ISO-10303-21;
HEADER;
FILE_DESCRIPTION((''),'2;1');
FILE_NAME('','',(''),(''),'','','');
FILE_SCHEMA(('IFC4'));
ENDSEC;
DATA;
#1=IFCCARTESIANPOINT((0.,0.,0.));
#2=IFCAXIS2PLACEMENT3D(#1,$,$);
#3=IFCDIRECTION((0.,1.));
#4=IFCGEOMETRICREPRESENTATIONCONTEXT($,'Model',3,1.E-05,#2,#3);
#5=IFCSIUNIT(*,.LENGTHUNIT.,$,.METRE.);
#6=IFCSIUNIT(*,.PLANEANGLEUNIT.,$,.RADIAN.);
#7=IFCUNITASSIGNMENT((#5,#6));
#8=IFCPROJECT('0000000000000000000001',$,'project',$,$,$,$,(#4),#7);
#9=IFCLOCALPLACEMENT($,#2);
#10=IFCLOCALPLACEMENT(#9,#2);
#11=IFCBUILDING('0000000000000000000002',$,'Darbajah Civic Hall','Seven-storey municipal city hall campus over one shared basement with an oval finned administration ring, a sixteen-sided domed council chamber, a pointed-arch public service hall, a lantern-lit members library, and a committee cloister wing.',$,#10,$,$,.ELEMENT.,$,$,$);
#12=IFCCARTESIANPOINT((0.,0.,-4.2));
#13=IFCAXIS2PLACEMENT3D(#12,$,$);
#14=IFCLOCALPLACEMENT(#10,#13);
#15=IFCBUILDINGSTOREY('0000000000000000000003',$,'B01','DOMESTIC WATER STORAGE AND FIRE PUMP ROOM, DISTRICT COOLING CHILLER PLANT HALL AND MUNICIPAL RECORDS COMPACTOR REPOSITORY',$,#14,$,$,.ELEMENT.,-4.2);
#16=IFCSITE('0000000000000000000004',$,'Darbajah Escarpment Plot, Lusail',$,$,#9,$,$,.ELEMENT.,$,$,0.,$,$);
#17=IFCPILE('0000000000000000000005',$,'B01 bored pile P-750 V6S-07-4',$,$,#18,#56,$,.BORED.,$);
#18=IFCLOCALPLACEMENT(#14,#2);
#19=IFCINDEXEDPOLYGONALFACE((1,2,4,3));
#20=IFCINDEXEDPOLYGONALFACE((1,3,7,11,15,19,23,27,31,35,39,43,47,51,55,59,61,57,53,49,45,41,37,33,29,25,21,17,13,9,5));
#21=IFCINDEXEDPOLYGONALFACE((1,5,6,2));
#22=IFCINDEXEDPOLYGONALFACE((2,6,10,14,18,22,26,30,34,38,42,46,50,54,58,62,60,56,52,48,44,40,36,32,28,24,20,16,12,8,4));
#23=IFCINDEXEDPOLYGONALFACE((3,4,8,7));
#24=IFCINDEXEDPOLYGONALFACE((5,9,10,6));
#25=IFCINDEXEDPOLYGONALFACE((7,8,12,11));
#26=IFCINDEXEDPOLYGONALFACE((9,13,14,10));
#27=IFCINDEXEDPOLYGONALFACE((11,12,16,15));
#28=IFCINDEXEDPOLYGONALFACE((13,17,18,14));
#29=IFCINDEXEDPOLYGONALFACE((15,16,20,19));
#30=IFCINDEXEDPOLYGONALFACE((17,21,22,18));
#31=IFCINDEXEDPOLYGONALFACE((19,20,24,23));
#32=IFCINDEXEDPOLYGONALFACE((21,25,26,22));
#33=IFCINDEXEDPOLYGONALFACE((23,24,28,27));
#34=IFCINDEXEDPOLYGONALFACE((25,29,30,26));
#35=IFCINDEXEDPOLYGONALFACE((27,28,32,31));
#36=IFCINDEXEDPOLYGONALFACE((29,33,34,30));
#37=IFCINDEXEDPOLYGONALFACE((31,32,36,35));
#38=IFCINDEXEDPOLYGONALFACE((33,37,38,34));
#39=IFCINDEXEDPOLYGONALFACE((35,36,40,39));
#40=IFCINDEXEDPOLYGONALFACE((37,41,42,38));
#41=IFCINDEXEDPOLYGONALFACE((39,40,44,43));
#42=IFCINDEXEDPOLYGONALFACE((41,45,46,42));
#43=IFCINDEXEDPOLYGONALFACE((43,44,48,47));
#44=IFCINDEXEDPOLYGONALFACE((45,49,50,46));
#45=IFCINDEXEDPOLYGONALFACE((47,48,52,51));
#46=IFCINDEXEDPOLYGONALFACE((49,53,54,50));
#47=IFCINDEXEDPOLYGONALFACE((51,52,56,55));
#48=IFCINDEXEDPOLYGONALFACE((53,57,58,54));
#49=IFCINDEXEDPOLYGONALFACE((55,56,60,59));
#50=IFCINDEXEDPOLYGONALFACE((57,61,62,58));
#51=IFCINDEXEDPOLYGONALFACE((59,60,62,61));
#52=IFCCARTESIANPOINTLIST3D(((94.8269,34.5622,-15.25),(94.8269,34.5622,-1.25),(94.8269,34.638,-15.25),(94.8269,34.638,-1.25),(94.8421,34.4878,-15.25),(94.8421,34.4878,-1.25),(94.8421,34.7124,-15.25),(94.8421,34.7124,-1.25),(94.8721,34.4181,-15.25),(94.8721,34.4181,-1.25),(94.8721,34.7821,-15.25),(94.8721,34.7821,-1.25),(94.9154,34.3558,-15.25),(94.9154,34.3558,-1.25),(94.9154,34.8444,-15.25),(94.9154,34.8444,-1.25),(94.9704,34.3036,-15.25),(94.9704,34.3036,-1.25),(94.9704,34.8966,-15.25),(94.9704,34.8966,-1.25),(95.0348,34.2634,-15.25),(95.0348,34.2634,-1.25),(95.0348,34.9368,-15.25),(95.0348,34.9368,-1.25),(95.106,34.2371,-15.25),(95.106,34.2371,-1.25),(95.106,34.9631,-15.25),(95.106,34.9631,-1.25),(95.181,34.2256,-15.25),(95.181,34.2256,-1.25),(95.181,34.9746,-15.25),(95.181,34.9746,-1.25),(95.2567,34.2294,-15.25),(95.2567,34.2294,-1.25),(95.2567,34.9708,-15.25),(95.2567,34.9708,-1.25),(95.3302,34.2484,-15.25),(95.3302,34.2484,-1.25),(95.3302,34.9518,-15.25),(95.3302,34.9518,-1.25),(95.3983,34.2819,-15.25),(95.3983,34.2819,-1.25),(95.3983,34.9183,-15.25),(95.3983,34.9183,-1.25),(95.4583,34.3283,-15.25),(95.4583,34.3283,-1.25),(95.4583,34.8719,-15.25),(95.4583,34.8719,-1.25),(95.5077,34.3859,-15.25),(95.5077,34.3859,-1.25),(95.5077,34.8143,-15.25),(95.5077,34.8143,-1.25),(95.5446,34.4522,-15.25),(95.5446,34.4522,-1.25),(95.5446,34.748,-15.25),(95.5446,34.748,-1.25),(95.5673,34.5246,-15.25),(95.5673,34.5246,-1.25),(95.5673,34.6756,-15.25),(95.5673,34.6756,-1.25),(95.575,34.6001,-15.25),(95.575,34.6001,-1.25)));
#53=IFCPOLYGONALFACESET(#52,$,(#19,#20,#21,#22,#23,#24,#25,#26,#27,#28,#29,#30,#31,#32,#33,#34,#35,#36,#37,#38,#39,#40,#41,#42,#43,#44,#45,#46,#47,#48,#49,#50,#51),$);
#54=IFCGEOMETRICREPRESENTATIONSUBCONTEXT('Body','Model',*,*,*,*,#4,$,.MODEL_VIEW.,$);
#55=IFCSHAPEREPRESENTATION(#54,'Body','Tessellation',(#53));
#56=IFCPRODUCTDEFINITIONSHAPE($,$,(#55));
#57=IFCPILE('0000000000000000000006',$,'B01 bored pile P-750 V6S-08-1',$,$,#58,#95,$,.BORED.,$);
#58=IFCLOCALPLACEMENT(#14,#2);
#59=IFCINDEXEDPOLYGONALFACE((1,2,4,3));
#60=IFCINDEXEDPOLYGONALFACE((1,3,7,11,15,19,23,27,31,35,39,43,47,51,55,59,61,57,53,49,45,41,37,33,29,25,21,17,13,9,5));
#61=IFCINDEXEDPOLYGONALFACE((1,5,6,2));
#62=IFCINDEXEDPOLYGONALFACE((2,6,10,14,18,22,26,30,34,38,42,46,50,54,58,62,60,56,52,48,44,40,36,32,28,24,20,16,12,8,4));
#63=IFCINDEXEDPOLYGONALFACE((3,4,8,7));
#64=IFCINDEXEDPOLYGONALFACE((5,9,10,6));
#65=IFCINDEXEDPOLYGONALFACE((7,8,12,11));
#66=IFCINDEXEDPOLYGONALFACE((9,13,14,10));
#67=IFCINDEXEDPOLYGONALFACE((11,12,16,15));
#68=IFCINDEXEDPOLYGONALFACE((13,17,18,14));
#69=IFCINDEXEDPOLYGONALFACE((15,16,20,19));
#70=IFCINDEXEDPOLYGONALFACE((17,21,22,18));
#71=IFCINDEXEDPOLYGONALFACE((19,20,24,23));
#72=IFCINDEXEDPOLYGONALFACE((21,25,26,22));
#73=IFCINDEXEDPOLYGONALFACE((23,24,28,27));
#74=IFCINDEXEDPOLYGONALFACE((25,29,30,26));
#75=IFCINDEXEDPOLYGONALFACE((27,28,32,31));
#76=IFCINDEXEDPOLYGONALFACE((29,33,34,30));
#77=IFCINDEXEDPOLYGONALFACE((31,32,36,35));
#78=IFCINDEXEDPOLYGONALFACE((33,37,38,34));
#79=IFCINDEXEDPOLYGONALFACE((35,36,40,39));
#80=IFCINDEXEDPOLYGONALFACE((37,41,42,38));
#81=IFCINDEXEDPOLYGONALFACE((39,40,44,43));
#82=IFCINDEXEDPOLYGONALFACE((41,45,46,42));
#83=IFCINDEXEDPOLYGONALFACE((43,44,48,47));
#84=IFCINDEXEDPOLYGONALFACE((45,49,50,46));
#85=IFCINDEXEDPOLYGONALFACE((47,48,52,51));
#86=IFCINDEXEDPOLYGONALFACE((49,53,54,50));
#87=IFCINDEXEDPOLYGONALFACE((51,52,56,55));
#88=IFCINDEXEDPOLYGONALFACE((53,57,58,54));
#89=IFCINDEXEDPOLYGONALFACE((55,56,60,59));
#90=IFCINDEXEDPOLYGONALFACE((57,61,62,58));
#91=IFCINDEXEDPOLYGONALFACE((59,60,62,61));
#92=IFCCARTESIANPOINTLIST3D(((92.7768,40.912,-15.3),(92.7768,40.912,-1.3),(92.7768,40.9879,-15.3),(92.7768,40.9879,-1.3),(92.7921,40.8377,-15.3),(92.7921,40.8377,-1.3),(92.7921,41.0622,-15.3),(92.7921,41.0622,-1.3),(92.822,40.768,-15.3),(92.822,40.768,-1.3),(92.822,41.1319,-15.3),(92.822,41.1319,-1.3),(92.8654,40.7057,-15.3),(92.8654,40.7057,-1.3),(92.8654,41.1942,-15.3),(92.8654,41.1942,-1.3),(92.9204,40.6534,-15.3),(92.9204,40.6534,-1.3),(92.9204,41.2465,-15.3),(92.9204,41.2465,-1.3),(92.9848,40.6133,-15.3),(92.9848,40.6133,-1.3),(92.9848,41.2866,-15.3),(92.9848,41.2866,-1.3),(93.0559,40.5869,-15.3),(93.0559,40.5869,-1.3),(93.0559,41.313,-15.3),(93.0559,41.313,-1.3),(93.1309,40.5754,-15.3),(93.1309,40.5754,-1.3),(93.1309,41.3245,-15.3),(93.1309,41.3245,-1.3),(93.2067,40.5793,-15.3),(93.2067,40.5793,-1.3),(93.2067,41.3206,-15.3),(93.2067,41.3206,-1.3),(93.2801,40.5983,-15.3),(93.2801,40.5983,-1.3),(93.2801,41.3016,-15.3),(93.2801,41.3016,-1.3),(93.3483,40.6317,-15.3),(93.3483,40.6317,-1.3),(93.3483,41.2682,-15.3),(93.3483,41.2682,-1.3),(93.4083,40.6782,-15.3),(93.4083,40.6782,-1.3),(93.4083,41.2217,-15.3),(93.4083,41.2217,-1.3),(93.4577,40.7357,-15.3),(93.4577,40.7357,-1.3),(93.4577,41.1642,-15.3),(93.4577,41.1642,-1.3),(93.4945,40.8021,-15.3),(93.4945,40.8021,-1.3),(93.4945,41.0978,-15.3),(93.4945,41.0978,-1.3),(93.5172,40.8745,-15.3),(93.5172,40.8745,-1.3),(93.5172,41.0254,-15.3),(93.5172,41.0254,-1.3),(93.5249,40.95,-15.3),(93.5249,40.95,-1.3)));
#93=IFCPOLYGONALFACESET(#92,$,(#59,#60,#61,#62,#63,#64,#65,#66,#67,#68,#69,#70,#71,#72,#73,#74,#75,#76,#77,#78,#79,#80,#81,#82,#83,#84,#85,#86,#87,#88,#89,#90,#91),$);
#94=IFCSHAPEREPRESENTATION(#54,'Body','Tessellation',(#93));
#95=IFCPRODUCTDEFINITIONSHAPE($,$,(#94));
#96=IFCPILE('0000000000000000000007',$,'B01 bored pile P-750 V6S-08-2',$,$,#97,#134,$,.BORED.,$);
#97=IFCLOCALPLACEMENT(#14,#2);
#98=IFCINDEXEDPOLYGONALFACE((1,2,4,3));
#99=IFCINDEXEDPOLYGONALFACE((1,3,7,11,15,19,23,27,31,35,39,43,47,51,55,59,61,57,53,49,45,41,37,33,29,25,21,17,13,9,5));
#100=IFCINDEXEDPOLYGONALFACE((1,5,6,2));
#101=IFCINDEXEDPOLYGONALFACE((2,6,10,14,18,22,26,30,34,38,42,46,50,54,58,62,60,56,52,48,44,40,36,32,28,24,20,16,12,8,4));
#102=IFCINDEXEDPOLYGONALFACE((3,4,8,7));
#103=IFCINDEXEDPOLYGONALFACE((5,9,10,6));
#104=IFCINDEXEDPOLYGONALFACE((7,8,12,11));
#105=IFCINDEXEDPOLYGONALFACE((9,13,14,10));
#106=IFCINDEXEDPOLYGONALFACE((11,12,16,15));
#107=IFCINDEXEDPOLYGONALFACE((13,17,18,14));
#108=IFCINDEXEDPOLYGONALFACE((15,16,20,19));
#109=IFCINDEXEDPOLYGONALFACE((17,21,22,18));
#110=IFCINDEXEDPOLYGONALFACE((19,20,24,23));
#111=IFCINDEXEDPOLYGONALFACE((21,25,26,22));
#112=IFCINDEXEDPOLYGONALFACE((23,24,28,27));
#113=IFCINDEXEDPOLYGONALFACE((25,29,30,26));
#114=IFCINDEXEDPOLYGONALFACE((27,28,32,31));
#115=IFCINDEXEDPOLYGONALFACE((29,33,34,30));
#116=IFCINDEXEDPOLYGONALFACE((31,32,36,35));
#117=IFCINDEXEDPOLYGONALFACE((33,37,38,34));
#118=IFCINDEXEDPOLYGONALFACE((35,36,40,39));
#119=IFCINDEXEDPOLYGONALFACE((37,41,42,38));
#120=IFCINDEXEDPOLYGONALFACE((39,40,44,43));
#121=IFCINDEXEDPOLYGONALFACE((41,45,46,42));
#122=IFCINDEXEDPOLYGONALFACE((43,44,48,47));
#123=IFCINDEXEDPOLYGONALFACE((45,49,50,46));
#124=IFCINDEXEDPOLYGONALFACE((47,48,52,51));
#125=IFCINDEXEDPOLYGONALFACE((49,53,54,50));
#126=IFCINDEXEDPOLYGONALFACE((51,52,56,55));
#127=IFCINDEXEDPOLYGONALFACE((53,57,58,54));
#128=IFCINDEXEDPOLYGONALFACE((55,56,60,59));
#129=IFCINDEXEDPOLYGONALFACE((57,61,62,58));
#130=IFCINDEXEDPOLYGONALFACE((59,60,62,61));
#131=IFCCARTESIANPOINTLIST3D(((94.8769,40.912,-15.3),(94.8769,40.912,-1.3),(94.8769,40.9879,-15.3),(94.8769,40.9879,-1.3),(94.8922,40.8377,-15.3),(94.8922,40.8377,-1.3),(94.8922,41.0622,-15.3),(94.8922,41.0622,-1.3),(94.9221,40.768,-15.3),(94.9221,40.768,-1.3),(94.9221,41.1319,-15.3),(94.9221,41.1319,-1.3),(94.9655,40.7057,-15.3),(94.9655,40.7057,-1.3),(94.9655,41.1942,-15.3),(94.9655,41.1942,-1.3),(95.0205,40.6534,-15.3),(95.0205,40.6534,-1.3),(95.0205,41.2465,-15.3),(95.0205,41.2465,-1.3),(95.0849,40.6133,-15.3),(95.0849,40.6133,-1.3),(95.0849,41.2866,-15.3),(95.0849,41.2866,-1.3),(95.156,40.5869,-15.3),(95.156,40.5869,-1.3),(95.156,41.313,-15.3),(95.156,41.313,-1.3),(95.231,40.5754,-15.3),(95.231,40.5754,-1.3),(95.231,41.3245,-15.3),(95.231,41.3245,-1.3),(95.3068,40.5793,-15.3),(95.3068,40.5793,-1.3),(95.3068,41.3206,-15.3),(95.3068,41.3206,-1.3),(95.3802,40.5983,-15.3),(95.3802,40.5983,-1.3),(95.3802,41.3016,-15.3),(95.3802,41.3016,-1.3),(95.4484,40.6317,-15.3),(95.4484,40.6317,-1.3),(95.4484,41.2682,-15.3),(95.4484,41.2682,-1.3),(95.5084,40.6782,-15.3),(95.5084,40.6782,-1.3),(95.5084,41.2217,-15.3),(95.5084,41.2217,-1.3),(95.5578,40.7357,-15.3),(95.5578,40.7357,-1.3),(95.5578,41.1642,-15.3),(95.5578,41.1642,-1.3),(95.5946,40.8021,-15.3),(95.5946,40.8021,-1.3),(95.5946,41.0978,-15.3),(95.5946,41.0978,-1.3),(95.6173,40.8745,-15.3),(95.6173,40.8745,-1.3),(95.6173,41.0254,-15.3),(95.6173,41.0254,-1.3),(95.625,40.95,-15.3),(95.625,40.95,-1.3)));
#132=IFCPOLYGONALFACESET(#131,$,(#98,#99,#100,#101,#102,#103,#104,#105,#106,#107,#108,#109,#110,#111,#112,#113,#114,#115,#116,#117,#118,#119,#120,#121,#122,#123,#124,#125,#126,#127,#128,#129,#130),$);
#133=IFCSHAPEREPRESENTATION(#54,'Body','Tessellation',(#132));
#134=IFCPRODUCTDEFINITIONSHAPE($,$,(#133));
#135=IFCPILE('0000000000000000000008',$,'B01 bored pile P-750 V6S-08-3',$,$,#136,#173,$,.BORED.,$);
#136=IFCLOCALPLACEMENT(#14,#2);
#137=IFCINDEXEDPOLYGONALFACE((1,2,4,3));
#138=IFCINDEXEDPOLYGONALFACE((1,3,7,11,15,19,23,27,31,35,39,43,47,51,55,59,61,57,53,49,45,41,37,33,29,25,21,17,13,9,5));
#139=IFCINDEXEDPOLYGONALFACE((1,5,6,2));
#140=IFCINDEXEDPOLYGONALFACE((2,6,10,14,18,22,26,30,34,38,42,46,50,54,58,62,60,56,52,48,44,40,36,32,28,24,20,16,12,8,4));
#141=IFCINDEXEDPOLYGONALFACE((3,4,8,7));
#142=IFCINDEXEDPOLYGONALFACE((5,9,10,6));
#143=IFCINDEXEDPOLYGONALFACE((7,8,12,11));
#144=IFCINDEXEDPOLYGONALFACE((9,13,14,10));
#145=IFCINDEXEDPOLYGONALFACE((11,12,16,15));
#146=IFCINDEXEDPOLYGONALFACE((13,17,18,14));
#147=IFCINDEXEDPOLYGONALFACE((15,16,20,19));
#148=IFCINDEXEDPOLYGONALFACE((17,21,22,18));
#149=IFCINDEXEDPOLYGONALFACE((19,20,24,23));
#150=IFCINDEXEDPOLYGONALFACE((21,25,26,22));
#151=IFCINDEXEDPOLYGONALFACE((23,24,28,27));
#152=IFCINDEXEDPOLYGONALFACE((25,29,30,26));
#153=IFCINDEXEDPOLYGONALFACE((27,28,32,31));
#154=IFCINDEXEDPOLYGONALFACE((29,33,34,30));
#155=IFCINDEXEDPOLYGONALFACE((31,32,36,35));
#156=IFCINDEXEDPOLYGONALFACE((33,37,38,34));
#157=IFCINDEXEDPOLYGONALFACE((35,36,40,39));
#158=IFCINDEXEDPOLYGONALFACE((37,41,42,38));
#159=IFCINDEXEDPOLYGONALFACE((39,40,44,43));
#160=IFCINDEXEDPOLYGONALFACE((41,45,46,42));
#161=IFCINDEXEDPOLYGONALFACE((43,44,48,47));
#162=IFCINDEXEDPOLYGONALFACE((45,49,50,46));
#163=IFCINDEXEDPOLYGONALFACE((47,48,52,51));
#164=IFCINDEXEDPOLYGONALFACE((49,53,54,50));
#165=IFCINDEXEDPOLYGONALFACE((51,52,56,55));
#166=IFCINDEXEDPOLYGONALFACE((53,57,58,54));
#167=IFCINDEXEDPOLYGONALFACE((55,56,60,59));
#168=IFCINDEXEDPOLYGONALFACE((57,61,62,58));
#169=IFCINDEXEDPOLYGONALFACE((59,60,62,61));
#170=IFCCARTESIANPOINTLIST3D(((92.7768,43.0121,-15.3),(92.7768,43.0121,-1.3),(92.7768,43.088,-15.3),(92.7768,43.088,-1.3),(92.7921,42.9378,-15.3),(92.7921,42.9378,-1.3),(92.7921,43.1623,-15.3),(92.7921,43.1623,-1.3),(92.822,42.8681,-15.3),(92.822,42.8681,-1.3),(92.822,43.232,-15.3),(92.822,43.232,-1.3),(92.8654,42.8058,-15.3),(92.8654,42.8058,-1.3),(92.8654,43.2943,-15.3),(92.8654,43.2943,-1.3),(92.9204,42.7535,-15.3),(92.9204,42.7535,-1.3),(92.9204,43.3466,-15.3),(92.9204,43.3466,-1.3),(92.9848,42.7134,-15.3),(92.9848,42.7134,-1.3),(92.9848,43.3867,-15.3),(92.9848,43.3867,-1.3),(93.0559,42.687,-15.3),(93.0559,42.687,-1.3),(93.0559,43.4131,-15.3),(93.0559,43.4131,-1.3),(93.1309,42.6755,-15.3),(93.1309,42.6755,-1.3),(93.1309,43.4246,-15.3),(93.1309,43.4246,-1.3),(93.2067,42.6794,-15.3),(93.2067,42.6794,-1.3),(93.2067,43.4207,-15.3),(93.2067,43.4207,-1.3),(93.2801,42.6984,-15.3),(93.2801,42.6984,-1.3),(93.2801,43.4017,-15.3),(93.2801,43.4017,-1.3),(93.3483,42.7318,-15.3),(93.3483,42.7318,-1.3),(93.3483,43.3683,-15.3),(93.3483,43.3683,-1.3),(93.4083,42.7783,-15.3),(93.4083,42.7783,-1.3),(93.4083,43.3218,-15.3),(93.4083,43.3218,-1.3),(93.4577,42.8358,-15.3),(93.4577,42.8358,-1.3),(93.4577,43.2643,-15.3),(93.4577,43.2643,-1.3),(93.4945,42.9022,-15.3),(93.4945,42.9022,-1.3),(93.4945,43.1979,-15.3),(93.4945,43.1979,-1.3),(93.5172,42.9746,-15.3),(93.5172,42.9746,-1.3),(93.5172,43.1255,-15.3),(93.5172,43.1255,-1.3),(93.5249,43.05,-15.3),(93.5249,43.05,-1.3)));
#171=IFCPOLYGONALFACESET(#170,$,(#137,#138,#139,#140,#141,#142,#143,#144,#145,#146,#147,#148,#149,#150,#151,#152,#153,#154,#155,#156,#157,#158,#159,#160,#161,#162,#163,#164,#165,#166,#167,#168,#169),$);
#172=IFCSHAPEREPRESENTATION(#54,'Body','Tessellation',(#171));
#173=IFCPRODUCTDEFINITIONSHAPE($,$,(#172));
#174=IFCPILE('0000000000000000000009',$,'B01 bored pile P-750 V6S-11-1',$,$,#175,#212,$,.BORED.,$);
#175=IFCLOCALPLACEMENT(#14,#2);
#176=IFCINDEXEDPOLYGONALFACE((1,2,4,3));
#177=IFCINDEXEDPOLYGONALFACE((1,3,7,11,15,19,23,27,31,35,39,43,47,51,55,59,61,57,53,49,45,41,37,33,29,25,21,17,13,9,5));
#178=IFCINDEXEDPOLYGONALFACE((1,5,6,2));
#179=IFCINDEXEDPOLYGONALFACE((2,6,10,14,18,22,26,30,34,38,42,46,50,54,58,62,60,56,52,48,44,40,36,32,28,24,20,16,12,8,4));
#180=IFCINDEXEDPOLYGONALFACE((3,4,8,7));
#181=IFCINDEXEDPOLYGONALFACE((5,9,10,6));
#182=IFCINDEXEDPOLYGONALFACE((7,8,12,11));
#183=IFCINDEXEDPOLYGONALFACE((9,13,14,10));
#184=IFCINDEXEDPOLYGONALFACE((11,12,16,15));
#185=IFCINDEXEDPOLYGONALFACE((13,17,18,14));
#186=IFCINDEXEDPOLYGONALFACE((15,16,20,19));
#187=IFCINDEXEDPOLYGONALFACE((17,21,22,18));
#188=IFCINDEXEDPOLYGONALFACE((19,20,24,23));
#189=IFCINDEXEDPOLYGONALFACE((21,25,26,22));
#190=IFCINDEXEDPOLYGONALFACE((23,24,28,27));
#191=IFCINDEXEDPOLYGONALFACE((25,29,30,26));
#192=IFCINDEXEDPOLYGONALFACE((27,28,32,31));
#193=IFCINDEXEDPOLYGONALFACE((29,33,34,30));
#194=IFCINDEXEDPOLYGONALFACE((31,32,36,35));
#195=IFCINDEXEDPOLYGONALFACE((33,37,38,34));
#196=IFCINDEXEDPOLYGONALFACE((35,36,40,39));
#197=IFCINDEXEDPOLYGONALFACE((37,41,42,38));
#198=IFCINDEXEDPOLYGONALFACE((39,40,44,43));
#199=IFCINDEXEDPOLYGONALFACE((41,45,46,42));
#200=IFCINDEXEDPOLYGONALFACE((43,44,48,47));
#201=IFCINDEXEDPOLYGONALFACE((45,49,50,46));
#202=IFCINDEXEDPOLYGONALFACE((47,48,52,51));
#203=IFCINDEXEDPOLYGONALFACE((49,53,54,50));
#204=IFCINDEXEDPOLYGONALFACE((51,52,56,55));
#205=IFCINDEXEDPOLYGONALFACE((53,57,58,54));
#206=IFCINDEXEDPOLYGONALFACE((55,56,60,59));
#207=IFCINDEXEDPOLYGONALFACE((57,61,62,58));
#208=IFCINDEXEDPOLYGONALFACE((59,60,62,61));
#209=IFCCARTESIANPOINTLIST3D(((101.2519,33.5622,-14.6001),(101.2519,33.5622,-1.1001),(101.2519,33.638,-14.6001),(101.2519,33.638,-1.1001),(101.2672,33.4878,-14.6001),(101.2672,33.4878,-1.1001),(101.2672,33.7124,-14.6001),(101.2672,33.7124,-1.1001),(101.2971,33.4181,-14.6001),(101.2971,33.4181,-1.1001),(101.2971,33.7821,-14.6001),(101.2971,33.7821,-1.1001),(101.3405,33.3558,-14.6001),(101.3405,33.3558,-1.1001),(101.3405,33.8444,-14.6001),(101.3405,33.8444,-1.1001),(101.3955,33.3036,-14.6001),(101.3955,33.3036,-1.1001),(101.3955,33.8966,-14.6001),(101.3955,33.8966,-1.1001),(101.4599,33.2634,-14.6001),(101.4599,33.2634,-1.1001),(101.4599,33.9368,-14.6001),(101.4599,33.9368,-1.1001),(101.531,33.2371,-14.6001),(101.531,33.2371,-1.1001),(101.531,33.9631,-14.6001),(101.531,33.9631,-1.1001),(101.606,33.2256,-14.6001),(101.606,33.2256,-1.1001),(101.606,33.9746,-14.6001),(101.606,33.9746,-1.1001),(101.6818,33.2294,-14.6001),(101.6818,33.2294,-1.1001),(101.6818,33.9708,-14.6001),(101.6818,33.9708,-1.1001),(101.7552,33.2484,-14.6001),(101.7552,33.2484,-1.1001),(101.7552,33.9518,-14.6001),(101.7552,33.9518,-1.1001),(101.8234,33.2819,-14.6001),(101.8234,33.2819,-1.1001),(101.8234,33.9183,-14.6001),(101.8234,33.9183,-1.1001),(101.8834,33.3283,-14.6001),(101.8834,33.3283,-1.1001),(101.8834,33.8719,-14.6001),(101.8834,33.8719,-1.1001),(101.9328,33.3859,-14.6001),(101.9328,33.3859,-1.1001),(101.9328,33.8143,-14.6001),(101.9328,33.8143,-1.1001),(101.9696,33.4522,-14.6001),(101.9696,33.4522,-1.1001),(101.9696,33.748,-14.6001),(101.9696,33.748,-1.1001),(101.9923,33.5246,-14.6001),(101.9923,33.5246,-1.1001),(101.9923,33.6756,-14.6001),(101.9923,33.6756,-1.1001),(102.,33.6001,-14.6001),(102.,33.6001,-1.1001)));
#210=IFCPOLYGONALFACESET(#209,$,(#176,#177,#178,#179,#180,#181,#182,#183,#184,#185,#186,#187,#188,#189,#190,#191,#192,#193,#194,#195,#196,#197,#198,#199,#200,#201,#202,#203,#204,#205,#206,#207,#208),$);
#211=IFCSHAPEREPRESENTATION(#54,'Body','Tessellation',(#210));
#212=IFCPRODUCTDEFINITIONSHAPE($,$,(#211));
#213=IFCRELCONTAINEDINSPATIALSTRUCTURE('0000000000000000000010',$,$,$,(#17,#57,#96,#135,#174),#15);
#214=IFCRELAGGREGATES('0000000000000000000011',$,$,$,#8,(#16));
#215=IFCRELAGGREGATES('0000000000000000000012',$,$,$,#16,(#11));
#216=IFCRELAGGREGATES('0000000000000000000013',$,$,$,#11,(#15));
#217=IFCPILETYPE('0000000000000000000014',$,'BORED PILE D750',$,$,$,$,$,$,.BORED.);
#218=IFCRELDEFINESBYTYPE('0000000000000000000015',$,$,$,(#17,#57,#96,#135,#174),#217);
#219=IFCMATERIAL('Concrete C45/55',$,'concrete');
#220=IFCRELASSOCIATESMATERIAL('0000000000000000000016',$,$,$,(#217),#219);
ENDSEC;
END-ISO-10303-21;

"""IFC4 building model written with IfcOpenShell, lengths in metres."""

from ifc_helpers import new_model, si_unit, direction, frame, origin, origin_2d, place, context, subcontext, project, spatial, circle, extrude, material, material_profile, profile_set, type_object, element, save


model = new_model("IFC4")

# Units and contexts
model_context = context("Model", 3, precision=1e-05, world=origin(), true_north=direction((0.0, 1.0)))
body_context = subcontext(model_context, "Body", "Model", "MODEL_VIEW")
ifc_project = project(units=[si_unit("LENGTHUNIT", "METRE"), si_unit("PLANEANGLEUNIT", "RADIAN")], contexts=[model_context])

# Site, building, storey
site_placement = place(None, origin())
site = spatial("IfcSite", under=ifc_project, at=site_placement, Name="Darbajah Escarpment Plot, Lusail", CompositionType="ELEMENT", RefElevation=0.0)
building_placement = place(site_placement, origin())
building = spatial("IfcBuilding", under=site, at=building_placement, Name="Darbajah Civic Hall", Description="Seven-storey municipal city hall campus over one shared basement with an oval finned administration ring, a sixteen-sided domed council chamber, a pointed-arch public service hall, a lantern-lit members library, and a committee cloister wing.", CompositionType="ELEMENT")
storey_placement = place(building_placement, frame((0.0, 0.0, -4.2)))
storey = spatial("IfcBuildingStorey", under=building, at=storey_placement, Name="B01", Description="DOMESTIC WATER STORAGE AND FIRE PUMP ROOM, DISTRICT COOLING CHILLER PLANT HALL AND MUNICIPAL RECORDS COMPACTOR REPOSITORY", CompositionType="ELEMENT", Elevation=-4.2)

# Piles
ifc_material_1 = material(Name="Concrete C45/55", Category="concrete")
ifc_material_profile_1 = material_profile(ifc_material_1, circle(Radius=0.375, at=origin_2d()), Name="BORED PILE D750")
ifc_profile_set_1 = profile_set([ifc_material_profile_1], Name="Concrete C45/55")
pile_type = type_object("IfcPileType", Name="BORED PILE D750", PredefinedType="BORED", material=ifc_profile_set_1)
for number, where, z_axis, x_axis, name in (
    (1, (95.2, 34.6001, -1.25), (0.0, 0.0, -1.0), (1.0, 0.0, 0.0), "B01 bored pile P-750 V6S-07-4"),
    (2, (93.1499, 40.95, -1.3), (0.0, 0.0, -1.0), (1.0, 0.0, 0.0), "B01 bored pile P-750 V6S-08-1"),
    (3, (95.25, 40.95, -1.3), (0.0, 0.0, -1.0), (1.0, 0.0, 0.0), "B01 bored pile P-750 V6S-08-2"),
    (4, (93.1499, 43.05, -1.3), (0.0, 0.0, -1.0), (1.0, 0.0, 0.0), "B01 bored pile P-750 V6S-08-3"),
):
    element("IfcPile", number, at=place(storey_placement, frame(where, z_axis=z_axis, x_axis=x_axis)), inside=storey, type_object=pile_type, Name=name, PredefinedType="BORED", context=body_context, shape_type="SweptSolid", body=[
        extrude(circle(Radius=0.375, at=origin_2d()), origin(), (0.0, 0.0, 1.0), 14.0),
    ])
for number, where, z_axis, x_axis, name in (
    (5, (101.625, 33.6001, -1.1001), (0.0, 0.0, -1.0), (1.0, 0.0, 0.0), "B01 bored pile P-750 V6S-11-1"),
):
    element("IfcPile", number, at=place(storey_placement, frame(where, z_axis=z_axis, x_axis=x_axis)), inside=storey, type_object=pile_type, Name=name, PredefinedType="BORED", context=body_context, shape_type="SweptSolid", body=[
        extrude(circle(Radius=0.375, at=origin_2d()), origin(), (0.0, 0.0, 1.0), 13.5),
    ])

save(model, "model.ifc")
